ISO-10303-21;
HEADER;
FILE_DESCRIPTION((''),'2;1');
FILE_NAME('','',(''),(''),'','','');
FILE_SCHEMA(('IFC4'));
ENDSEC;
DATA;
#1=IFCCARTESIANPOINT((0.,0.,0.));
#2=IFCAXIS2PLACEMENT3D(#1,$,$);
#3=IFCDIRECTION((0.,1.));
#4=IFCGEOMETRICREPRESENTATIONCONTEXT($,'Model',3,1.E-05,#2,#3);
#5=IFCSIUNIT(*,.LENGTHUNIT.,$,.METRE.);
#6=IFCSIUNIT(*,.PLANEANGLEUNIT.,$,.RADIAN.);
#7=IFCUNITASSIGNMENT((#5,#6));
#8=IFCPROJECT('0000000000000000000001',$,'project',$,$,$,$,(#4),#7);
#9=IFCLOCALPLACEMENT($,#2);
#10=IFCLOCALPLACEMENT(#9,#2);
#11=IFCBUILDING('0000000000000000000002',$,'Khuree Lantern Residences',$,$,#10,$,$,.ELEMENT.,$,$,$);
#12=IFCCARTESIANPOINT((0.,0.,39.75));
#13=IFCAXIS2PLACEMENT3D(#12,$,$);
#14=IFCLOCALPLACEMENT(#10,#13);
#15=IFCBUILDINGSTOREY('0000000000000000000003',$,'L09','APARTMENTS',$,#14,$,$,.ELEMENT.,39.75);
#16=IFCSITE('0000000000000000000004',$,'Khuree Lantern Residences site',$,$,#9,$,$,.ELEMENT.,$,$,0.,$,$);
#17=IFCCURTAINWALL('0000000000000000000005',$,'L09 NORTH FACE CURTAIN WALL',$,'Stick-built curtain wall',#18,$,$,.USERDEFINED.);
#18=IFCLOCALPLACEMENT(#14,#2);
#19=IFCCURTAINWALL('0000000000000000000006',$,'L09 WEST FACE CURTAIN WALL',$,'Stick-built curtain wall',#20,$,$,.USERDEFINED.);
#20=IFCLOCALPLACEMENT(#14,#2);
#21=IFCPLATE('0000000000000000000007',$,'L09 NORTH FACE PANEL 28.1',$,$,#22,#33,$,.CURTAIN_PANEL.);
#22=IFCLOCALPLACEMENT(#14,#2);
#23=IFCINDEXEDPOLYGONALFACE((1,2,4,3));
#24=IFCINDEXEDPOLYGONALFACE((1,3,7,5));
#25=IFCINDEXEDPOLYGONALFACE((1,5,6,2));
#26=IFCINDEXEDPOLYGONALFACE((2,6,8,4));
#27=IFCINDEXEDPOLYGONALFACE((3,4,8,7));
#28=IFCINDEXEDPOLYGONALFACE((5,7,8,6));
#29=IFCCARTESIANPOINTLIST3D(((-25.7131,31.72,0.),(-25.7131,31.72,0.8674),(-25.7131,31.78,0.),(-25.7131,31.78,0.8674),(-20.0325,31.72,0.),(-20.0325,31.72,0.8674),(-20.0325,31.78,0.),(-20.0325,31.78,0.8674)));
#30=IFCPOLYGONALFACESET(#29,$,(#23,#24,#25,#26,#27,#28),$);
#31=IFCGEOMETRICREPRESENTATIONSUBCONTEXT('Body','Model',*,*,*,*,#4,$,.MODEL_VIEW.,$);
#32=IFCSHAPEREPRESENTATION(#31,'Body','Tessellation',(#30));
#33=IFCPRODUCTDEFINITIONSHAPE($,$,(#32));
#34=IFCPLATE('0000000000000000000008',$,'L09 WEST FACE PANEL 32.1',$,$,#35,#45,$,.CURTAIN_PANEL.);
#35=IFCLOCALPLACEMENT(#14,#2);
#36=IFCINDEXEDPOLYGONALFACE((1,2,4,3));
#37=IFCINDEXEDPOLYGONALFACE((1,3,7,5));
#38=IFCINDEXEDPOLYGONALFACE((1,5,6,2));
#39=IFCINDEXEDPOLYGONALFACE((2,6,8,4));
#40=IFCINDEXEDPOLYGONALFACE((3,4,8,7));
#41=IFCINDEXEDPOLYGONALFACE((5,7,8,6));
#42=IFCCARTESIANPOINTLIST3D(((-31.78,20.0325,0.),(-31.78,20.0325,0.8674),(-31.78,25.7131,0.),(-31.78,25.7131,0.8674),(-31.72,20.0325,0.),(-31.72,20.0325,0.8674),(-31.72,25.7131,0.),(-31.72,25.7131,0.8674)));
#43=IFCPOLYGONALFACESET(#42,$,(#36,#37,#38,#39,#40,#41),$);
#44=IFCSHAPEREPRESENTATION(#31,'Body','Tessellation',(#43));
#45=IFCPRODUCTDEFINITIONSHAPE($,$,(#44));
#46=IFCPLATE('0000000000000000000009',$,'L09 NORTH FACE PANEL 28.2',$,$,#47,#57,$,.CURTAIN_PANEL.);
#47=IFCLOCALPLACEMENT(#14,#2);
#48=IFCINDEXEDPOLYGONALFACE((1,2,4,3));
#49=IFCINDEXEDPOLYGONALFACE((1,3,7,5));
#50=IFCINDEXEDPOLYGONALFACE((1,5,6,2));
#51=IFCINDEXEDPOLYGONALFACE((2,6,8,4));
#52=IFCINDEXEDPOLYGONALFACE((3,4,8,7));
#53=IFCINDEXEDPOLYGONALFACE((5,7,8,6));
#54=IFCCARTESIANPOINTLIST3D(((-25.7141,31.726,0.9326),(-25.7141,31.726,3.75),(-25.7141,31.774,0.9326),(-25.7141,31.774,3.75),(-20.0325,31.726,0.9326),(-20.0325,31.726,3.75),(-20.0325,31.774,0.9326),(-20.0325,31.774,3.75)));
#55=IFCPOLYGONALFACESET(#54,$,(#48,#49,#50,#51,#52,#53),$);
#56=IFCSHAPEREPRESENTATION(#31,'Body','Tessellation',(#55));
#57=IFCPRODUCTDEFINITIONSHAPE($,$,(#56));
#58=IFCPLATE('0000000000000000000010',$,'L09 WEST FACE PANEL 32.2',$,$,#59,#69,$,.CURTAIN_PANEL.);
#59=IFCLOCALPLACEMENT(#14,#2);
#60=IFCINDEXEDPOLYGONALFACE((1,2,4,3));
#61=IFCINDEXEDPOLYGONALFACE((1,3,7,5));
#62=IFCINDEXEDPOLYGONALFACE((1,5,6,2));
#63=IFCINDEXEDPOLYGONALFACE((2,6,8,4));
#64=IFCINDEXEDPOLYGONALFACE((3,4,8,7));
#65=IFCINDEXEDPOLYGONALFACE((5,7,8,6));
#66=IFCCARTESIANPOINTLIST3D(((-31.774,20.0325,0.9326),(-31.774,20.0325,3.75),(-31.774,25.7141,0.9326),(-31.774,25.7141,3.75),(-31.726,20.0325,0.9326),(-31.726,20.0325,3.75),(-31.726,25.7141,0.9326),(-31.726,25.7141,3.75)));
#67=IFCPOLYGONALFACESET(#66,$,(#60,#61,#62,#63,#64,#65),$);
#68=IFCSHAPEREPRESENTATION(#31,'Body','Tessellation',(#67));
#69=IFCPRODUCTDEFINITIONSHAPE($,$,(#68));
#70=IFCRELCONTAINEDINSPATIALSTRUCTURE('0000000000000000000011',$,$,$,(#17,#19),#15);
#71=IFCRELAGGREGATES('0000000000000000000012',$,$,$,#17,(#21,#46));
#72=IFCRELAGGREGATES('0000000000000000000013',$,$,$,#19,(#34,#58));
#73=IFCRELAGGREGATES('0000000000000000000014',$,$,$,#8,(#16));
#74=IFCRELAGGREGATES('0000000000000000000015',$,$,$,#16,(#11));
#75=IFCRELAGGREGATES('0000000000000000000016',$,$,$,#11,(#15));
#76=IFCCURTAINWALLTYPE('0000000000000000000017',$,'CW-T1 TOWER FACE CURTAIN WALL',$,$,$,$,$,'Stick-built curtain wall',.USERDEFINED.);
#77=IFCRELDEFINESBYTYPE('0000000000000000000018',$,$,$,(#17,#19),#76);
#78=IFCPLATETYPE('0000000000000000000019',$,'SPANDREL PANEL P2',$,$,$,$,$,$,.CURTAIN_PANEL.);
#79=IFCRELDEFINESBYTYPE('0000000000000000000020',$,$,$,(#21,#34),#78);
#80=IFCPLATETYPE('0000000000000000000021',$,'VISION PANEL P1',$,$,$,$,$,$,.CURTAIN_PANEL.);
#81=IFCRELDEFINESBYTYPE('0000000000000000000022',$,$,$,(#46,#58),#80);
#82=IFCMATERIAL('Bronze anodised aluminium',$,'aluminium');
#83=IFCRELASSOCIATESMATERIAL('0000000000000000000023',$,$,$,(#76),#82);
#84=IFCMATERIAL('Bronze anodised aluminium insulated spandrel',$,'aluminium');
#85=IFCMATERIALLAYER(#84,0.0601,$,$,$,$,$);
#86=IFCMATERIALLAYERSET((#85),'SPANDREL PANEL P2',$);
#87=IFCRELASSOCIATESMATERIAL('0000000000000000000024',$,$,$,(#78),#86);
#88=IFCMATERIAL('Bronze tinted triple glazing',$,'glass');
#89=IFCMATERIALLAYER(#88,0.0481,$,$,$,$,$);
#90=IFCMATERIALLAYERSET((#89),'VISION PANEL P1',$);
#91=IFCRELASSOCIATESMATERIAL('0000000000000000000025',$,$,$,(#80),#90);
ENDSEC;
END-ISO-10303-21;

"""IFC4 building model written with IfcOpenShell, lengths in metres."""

from ifc_helpers import new_model, si_unit, direction, frame, origin, origin_2d, place, context, subcontext, project, spatial, rectangle, extrude, material, layer, layer_set, type_object, element, aggregate, save


model = new_model("IFC4")

# Units and contexts
model_context = context("Model", 3, precision=1e-05, world=origin(), true_north=direction((0.0, 1.0)))
body_context = subcontext(model_context, "Body", "Model", "MODEL_VIEW")
ifc_project = project(units=[si_unit("LENGTHUNIT", "METRE"), si_unit("PLANEANGLEUNIT", "RADIAN")], contexts=[model_context])

# Site, building, storey
site_placement = place(None, origin())
site = spatial("IfcSite", under=ifc_project, at=site_placement, Name="Khuree Lantern Residences site", CompositionType="ELEMENT", RefElevation=0.0)
building_placement = place(site_placement, origin())
building = spatial("IfcBuilding", under=site, at=building_placement, Name="Khuree Lantern Residences", CompositionType="ELEMENT")
storey_placement = place(building_placement, frame((0.0, 0.0, 39.75)))
storey = spatial("IfcBuildingStorey", under=building, at=storey_placement, Name="L09", Description="APARTMENTS", CompositionType="ELEMENT", Elevation=39.75)

# Curtain wall
ifc_material_1 = material(Name="Bronze anodised aluminium", Category="aluminium")
curtain_wall_type_1 = type_object("IfcCurtainWallType", Name="CW-T1 TOWER FACE CURTAIN WALL", ElementType="Stick-built curtain wall", PredefinedType="USERDEFINED", material=ifc_material_1)
curtain_wall_1_placement = place(storey_placement, origin())
curtain_wall_1 = element("IfcCurtainWall", 1, at=curtain_wall_1_placement, inside=storey, type_object=curtain_wall_type_1, Name="L09 NORTH FACE CURTAIN WALL", ObjectType="Stick-built curtain wall", PredefinedType="USERDEFINED")

# Curtain wall
curtain_wall_2_placement = place(storey_placement, origin())
curtain_wall_2 = element("IfcCurtainWall", 2, at=curtain_wall_2_placement, inside=storey, type_object=curtain_wall_type_1, Name="L09 WEST FACE CURTAIN WALL", ObjectType="Stick-built curtain wall", PredefinedType="USERDEFINED")

# Plates
ifc_material_2 = material(Name="Bronze tinted triple glazing", Category="glass")
ifc_material_3 = material(Name="Bronze anodised aluminium insulated spandrel", Category="aluminium")
ifc_layer_1 = layer(ifc_material_3, 0.0601)
ifc_layer_set_1 = layer_set([ifc_layer_1], Name="SPANDREL PANEL P2")
plate_type_1 = type_object("IfcPlateType", Name="SPANDREL PANEL P2", PredefinedType="CURTAIN_PANEL", material=ifc_layer_set_1)
plate_1_placement = place(storey_placement, frame((-22.8728, 31.75, 0.0), z_axis=(0.0, 0.0, 1.0), x_axis=(-1.0, 0.0, 0.0)))
plate_1 = element("IfcPlate", 3, at=plate_1_placement, type_object=plate_type_1, Name="L09 NORTH FACE PANEL 28.1", PredefinedType="CURTAIN_PANEL", context=body_context, shape_type="SweptSolid", body=[
    extrude(rectangle(XDim=5.6807, YDim=0.0601, at=origin_2d()), origin(), (0.0, 0.0, 1.0), 0.8674),
])
plate_2_placement = place(storey_placement, frame((-31.75, 22.8728, 0.0), z_axis=(0.0, 0.0, 1.0), x_axis=(0.0, -1.0, 0.0)))
plate_2 = element("IfcPlate", 4, at=plate_2_placement, type_object=plate_type_1, Name="L09 WEST FACE PANEL 32.1", PredefinedType="CURTAIN_PANEL", context=body_context, shape_type="SweptSolid", body=[
    extrude(rectangle(XDim=5.6807, YDim=0.0601, at=origin_2d()), origin(), (0.0, 0.0, 1.0), 0.8674),
])
ifc_layer_2 = layer(ifc_material_2, 0.0481)
ifc_layer_set_2 = layer_set([ifc_layer_2], Name="VISION PANEL P1")
plate_type_2 = type_object("IfcPlateType", Name="VISION PANEL P1", PredefinedType="CURTAIN_PANEL", material=ifc_layer_set_2)
plate_3_placement = place(storey_placement, frame((-22.8733, 31.75, 0.9326), z_axis=(0.0, 0.0, 1.0), x_axis=(-1.0, 0.0, 0.0)))
plate_3 = element("IfcPlate", 5, at=plate_3_placement, type_object=plate_type_2, Name="L09 NORTH FACE PANEL 28.2", PredefinedType="CURTAIN_PANEL", context=body_context, shape_type="SweptSolid", body=[
    extrude(rectangle(XDim=5.6816, YDim=0.0481, at=origin_2d()), origin(), (0.0, 0.0, 1.0), 2.8174),
])
aggregate(curtain_wall_1, [plate_1, plate_3])
plate_4_placement = place(storey_placement, frame((-31.75, 22.8733, 0.9326), z_axis=(0.0, 0.0, 1.0), x_axis=(0.0, -1.0, 0.0)))
plate_4 = element("IfcPlate", 6, at=plate_4_placement, type_object=plate_type_2, Name="L09 WEST FACE PANEL 32.2", PredefinedType="CURTAIN_PANEL", context=body_context, shape_type="SweptSolid", body=[
    extrude(rectangle(XDim=5.6816, YDim=0.0481, at=origin_2d()), origin(), (0.0, 0.0, 1.0), 2.8174),
])
aggregate(curtain_wall_2, [plate_2, plate_4])

save(model, "model.ifc")
